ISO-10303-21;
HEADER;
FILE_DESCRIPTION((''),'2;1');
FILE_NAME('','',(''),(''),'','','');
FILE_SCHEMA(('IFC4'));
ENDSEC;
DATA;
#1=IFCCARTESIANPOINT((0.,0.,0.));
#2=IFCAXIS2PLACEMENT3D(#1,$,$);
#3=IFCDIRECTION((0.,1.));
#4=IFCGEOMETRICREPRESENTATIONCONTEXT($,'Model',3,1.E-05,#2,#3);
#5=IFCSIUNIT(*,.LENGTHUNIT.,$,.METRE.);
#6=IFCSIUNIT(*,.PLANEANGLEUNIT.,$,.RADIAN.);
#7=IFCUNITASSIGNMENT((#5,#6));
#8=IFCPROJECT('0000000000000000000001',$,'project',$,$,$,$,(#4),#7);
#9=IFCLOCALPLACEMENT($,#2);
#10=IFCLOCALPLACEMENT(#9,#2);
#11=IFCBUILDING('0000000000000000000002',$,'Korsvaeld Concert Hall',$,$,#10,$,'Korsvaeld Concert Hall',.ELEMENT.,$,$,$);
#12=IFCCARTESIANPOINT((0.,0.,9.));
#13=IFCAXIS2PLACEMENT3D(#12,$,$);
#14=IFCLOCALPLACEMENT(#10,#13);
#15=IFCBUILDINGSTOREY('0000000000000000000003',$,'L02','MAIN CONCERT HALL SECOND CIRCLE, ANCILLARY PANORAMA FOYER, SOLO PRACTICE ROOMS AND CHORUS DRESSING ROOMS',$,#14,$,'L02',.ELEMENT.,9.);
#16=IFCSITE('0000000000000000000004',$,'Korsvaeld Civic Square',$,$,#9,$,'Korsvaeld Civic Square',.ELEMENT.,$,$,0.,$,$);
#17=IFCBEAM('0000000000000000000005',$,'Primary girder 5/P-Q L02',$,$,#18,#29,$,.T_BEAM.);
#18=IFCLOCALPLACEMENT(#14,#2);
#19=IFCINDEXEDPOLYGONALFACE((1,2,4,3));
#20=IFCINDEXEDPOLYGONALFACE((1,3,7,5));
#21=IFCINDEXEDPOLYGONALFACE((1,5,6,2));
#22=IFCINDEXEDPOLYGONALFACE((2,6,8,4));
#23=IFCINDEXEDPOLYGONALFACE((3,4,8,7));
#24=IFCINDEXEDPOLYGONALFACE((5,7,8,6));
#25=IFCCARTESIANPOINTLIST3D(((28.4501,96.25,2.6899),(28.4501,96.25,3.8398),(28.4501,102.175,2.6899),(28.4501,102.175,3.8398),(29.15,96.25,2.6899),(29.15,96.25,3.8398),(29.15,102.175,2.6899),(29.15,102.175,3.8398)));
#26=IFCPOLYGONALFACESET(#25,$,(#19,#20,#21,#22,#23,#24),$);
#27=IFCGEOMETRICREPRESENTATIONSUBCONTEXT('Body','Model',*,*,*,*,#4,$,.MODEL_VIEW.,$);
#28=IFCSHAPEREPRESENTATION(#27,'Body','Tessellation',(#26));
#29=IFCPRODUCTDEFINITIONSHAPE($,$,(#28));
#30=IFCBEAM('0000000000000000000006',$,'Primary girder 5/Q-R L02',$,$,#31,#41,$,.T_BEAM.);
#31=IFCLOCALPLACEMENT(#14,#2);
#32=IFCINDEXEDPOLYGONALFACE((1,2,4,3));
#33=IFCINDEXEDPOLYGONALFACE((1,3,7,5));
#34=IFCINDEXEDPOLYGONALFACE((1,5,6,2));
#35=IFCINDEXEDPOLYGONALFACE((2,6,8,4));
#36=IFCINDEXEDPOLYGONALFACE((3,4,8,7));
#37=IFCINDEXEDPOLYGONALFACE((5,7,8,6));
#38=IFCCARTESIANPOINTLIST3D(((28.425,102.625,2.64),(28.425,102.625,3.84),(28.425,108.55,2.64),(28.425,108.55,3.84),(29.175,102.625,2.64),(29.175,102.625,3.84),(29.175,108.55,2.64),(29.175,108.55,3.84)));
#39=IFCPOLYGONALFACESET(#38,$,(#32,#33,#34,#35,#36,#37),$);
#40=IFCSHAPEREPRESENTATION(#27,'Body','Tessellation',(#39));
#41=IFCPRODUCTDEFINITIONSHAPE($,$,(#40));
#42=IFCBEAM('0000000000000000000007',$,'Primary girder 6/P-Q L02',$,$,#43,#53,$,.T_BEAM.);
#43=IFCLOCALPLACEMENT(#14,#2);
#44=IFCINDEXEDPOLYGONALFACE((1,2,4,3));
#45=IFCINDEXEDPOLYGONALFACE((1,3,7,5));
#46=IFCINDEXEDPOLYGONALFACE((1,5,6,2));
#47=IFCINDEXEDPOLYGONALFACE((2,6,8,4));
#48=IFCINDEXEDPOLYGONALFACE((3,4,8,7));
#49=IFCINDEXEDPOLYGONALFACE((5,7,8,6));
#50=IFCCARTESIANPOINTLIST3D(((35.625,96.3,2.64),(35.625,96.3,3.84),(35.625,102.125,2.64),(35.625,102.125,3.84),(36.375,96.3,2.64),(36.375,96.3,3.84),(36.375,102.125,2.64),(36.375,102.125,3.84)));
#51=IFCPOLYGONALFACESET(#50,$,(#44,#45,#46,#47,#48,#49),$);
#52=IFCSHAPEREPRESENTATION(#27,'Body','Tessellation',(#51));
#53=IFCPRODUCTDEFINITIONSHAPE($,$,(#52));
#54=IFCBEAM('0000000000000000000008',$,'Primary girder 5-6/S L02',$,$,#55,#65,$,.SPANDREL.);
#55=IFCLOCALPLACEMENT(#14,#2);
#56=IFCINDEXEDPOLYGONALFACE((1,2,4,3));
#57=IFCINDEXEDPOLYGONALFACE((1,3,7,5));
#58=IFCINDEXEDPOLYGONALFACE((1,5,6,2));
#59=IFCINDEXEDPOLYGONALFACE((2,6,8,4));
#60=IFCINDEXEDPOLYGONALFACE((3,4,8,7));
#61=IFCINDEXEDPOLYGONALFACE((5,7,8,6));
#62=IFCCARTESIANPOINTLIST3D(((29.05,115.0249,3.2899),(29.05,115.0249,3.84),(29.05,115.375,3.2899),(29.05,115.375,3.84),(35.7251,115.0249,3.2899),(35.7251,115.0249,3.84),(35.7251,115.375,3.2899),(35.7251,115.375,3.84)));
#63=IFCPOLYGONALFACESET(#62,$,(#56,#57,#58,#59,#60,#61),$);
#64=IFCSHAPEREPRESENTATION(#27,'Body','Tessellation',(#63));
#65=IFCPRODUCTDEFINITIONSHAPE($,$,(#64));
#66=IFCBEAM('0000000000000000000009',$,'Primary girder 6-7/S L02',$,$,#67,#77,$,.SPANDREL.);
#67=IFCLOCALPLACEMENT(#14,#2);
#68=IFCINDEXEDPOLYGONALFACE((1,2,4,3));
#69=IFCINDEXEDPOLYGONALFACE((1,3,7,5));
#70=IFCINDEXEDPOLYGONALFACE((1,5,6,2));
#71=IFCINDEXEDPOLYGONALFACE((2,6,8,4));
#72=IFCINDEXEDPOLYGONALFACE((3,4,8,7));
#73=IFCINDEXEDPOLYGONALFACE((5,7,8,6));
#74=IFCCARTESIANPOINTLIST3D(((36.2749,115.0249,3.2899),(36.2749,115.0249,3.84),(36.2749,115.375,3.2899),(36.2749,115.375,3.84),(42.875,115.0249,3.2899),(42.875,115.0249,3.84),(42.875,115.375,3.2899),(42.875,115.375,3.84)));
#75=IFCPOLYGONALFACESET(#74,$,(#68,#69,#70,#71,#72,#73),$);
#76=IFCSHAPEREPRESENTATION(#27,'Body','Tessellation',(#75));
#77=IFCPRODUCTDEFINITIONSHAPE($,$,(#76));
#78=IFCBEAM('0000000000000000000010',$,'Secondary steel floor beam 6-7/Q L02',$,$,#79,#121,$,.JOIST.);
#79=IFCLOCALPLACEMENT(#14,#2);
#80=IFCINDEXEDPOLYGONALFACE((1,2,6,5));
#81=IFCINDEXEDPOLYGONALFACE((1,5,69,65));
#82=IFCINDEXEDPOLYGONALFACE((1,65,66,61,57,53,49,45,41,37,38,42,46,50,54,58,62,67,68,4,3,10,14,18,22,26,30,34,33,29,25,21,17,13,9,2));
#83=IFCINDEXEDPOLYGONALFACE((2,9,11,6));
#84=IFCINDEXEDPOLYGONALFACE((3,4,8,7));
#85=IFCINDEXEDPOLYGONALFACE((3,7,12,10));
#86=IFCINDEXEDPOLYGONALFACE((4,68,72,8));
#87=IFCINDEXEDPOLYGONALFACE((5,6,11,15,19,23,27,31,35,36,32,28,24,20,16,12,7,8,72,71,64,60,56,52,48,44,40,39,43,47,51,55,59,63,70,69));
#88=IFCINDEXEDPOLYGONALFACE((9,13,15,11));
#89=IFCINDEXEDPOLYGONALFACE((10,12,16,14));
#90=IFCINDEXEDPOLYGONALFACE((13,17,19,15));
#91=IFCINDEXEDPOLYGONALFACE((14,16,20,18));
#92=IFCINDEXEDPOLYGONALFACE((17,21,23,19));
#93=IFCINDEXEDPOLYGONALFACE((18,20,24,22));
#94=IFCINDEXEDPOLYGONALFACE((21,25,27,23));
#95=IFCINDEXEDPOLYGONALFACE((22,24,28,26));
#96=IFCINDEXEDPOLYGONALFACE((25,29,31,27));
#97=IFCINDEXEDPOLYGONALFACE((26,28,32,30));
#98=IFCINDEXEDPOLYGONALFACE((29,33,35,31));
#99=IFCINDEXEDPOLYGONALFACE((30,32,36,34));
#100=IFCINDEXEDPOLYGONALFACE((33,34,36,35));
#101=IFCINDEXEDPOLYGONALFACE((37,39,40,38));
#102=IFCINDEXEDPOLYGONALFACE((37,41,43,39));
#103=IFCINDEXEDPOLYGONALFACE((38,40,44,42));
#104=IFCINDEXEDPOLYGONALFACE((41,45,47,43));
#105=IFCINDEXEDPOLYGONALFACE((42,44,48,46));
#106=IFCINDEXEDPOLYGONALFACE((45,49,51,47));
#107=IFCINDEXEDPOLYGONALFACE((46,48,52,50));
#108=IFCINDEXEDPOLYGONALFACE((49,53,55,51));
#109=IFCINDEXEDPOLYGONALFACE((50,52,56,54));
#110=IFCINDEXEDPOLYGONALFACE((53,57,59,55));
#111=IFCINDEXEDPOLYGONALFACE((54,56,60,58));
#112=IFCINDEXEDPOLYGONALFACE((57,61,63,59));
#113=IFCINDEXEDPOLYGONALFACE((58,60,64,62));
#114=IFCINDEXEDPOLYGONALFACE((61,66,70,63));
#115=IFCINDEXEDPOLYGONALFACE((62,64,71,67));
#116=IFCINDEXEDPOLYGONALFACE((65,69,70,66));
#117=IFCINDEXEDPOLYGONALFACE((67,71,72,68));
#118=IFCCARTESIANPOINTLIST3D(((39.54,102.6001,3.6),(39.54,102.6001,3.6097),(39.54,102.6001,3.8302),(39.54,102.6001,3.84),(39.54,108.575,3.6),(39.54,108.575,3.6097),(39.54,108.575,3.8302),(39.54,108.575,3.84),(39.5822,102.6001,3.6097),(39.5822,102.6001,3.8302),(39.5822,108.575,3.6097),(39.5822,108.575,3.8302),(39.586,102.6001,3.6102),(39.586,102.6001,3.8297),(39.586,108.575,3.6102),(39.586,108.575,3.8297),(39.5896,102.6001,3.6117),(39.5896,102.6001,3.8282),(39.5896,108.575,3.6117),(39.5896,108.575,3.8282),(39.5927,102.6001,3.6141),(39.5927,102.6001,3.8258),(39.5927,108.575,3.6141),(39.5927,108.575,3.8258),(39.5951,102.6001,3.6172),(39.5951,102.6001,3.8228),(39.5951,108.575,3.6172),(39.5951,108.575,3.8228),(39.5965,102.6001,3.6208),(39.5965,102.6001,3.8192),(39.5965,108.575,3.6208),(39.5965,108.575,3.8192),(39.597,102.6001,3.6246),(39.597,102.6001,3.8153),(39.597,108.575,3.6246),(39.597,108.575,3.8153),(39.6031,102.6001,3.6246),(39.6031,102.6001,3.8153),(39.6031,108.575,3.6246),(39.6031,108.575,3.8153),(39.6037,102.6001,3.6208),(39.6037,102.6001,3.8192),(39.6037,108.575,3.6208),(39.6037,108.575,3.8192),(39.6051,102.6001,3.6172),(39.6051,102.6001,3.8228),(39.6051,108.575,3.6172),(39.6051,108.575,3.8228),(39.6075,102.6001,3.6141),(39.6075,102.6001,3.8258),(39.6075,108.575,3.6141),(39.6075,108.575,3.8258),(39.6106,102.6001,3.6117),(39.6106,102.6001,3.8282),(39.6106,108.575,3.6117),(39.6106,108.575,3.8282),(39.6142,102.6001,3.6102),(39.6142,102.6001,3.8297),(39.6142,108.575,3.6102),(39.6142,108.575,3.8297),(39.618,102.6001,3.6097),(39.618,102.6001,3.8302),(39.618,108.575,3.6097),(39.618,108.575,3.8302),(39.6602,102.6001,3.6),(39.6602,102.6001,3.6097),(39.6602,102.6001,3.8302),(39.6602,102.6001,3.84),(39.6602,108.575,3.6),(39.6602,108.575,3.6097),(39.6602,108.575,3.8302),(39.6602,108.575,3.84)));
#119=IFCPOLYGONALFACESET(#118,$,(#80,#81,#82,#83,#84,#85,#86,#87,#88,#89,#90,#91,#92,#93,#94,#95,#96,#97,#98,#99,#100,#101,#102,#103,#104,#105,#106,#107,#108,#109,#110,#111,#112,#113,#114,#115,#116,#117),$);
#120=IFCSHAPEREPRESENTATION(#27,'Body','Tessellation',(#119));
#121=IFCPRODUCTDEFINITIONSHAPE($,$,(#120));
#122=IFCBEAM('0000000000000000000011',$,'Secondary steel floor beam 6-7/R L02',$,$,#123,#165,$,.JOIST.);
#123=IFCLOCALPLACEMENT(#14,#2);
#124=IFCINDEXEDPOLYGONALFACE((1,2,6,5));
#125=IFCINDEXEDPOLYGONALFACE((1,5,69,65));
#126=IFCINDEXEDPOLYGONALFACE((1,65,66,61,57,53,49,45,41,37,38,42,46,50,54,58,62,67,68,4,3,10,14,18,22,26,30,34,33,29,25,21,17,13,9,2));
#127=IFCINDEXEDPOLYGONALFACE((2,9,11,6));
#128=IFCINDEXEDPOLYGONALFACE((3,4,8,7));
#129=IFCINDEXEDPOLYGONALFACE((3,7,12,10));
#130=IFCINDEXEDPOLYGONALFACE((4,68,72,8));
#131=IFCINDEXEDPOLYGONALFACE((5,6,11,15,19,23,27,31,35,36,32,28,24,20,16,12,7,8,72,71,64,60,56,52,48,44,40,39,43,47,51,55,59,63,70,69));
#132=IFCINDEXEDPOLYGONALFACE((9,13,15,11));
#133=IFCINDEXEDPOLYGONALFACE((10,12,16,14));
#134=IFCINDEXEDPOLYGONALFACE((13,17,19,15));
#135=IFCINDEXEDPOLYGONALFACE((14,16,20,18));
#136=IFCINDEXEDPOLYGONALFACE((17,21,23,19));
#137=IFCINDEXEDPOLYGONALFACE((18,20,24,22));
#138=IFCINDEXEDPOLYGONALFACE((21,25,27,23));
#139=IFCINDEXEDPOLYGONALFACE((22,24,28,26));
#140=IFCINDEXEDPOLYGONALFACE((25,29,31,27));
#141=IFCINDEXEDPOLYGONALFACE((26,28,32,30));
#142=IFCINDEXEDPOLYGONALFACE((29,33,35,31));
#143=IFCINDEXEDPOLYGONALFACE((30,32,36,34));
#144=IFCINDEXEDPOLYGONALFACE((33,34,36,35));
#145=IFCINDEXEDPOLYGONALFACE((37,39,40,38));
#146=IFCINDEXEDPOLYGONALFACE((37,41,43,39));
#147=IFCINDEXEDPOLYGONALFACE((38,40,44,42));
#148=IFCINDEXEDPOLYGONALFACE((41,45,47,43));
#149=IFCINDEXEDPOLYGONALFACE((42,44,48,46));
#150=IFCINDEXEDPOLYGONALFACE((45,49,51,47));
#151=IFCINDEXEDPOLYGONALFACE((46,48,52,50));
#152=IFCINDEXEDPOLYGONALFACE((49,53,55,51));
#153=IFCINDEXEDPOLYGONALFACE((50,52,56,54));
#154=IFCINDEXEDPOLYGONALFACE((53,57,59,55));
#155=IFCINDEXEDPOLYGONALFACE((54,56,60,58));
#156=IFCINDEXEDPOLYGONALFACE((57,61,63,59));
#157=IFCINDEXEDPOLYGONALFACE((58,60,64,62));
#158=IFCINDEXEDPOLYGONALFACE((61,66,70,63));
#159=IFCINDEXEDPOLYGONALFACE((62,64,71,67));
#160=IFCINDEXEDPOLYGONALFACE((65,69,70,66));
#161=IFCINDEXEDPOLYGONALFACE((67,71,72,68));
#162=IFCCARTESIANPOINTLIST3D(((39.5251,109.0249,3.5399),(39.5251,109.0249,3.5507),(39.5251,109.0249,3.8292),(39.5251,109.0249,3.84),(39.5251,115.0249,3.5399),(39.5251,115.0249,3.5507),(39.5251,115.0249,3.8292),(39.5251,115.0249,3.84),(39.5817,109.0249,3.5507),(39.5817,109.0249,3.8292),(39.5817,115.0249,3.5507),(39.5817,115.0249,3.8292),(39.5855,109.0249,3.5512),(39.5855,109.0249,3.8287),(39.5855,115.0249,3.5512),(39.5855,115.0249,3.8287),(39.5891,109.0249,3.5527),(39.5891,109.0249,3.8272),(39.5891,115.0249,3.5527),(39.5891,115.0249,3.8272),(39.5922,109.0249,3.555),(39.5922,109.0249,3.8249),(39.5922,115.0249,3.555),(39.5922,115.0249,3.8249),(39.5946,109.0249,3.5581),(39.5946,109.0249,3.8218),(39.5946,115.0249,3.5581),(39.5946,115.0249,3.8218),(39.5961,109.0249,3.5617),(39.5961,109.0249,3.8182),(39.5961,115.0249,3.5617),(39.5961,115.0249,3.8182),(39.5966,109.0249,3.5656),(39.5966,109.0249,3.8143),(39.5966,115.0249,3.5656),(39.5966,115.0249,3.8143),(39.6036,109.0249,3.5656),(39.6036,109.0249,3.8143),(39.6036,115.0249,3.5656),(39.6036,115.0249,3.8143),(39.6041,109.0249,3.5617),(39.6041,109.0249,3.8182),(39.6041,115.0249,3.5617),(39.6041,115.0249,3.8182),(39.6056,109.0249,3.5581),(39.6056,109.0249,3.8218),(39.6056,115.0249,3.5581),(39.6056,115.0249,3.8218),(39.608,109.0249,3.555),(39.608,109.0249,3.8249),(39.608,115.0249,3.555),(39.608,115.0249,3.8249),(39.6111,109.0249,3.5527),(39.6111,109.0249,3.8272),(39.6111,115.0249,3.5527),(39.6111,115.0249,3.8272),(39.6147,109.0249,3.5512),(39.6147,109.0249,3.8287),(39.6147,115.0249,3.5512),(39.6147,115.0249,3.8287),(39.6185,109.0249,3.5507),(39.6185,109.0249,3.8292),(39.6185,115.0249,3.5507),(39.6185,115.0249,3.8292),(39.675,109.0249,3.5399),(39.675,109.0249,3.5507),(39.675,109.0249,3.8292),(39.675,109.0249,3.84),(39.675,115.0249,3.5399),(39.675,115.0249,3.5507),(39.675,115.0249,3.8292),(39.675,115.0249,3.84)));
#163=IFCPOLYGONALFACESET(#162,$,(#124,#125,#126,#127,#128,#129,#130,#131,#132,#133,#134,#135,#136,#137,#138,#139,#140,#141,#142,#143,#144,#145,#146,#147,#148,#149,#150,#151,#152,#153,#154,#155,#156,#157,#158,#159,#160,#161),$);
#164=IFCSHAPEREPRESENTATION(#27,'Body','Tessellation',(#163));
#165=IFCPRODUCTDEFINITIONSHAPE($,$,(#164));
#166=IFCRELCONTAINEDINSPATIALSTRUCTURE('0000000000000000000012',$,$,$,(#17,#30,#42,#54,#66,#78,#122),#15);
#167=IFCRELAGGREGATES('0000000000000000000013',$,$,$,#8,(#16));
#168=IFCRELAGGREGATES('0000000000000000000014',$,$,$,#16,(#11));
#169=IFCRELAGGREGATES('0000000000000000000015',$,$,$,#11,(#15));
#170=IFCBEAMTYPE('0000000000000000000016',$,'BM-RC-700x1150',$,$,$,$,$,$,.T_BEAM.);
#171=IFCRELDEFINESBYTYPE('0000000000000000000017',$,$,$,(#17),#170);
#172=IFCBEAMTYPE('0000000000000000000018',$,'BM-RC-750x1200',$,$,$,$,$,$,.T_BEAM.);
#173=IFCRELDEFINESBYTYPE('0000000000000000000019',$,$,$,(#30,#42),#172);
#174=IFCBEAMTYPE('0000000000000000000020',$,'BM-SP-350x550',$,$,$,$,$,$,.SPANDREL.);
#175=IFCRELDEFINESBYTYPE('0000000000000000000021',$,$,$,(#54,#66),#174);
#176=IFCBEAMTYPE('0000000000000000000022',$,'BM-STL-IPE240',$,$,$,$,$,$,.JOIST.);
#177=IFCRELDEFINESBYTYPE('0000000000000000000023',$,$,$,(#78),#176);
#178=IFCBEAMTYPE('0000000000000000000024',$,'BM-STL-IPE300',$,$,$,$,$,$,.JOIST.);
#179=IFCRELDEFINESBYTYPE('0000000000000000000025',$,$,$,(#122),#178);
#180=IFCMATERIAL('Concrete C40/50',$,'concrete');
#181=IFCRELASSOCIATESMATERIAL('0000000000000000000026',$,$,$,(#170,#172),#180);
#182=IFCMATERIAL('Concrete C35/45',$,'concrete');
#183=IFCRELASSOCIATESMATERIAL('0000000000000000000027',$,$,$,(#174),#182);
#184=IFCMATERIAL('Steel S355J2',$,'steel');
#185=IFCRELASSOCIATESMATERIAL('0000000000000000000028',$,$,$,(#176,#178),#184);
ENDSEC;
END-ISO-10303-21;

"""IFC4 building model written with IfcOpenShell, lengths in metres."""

from ifc_helpers import new_model, si_unit, direction, frame, origin, origin_2d, place, context, subcontext, project, spatial, rectangle, i_section, extrude, material, material_profile, profile_set, type_object, element, save


model = new_model("IFC4")

# Units and contexts
model_context = context("Model", 3, precision=1e-05, world=origin(), true_north=direction((0.0, 1.0)))
body_context = subcontext(model_context, "Body", "Model", "MODEL_VIEW")
ifc_project = project(units=[si_unit("LENGTHUNIT", "METRE"), si_unit("PLANEANGLEUNIT", "RADIAN")], contexts=[model_context])

# Site, building, storey
site_placement = place(None, origin())
site = spatial("IfcSite", under=ifc_project, at=site_placement, Name="Korsvaeld Civic Square", LongName="Korsvaeld Civic Square", CompositionType="ELEMENT", RefElevation=0.0)
building_placement = place(site_placement, origin())
building = spatial("IfcBuilding", under=site, at=building_placement, Name="Korsvaeld Concert Hall", LongName="Korsvaeld Concert Hall", CompositionType="ELEMENT")
storey_placement = place(building_placement, frame((0.0, 0.0, 9.0)))
storey = spatial("IfcBuildingStorey", under=building, at=storey_placement, Name="L02", Description="MAIN CONCERT HALL SECOND CIRCLE, ANCILLARY PANORAMA FOYER, SOLO PRACTICE ROOMS AND CHORUS DRESSING ROOMS", LongName="L02", CompositionType="ELEMENT", Elevation=9.0)

# Shared definitions
ifc_material_1 = material(Name="Concrete C40/50", Category="concrete")

# Beams
ifc_material_2 = material(Name="Concrete C35/45", Category="concrete")
ifc_material_profile_1 = material_profile(ifc_material_1, rectangle(XDim=0.7, YDim=1.1499, at=origin_2d()), Name="RC 700x1150")
ifc_profile_set_1 = profile_set([ifc_material_profile_1], Name="Concrete C40/50")
beam_type_1 = type_object("IfcBeamType", Name="BM-RC-700x1150", PredefinedType="T_BEAM", material=ifc_profile_set_1)
beam_1_placement = place(storey_placement, frame((28.8, 96.25, 3.2649), z_axis=(0.0, 1.0, 0.0), x_axis=(-1.0, 0.0, 0.0)))
element("IfcBeam", 1, at=beam_1_placement, inside=storey, type_object=beam_type_1, Name="Primary girder 5/P-Q L02", PredefinedType="T_BEAM", context=body_context, shape_type="SweptSolid", body=[
    extrude(rectangle(XDim=0.7, YDim=1.1499, at=origin_2d()), origin(), (0.0, 0.0, 1.0), 5.925),
])
ifc_material_profile_2 = material_profile(ifc_material_1, rectangle(XDim=0.75, YDim=1.2, at=origin_2d()), Name="RC 750x1200")
ifc_profile_set_2 = profile_set([ifc_material_profile_2], Name="Concrete C40/50")
beam_type_2 = type_object("IfcBeamType", Name="BM-RC-750x1200", PredefinedType="T_BEAM", material=ifc_profile_set_2)
beam_2_placement = place(storey_placement, frame((28.8, 102.625, 3.24), z_axis=(0.0, 1.0, 0.0), x_axis=(-1.0, 0.0, 0.0)))
element("IfcBeam", 2, at=beam_2_placement, inside=storey, type_object=beam_type_2, Name="Primary girder 5/Q-R L02", PredefinedType="T_BEAM", context=body_context, shape_type="SweptSolid", body=[
    extrude(rectangle(XDim=0.75, YDim=1.2, at=origin_2d()), origin(), (0.0, 0.0, 1.0), 5.925),
])
beam_3_placement = place(storey_placement, frame((36.0, 96.3, 3.24), z_axis=(0.0, 1.0, 0.0), x_axis=(-1.0, 0.0, 0.0)))
element("IfcBeam", 3, at=beam_3_placement, inside=storey, type_object=beam_type_2, Name="Primary girder 6/P-Q L02", PredefinedType="T_BEAM", context=body_context, shape_type="SweptSolid", body=[
    extrude(rectangle(XDim=0.75, YDim=1.2, at=origin_2d()), origin(), (0.0, 0.0, 1.0), 5.825),
])
ifc_material_profile_3 = material_profile(ifc_material_2, rectangle(XDim=0.3501, YDim=0.55, at=origin_2d()), Name="RC 350x550")
ifc_profile_set_3 = profile_set([ifc_material_profile_3], Name="Concrete C35/45")
beam_type_3 = type_object("IfcBeamType", Name="BM-SP-350x550", PredefinedType="SPANDREL", material=ifc_profile_set_3)
beam_4_placement = place(storey_placement, frame((29.05, 115.2, 3.5649), z_axis=(1.0, 0.0, 0.0), x_axis=(0.0, 1.0, 0.0)))
element("IfcBeam", 4, at=beam_4_placement, inside=storey, type_object=beam_type_3, Name="Primary girder 5-6/S L02", PredefinedType="SPANDREL", context=body_context, shape_type="SweptSolid", body=[
    extrude(rectangle(XDim=0.3501, YDim=0.55, at=origin_2d()), origin(), (0.0, 0.0, 1.0), 6.675),
])
beam_5_placement = place(storey_placement, frame((36.2749, 115.2, 3.5649), z_axis=(1.0, 0.0, 0.0), x_axis=(0.0, 1.0, 0.0)))
element("IfcBeam", 5, at=beam_5_placement, inside=storey, type_object=beam_type_3, Name="Primary girder 6-7/S L02", PredefinedType="SPANDREL", context=body_context, shape_type="SweptSolid", body=[
    extrude(rectangle(XDim=0.3501, YDim=0.55, at=origin_2d()), origin(), (0.0, 0.0, 1.0), 6.6001),
])
ifc_material_3 = material(Name="Steel S355J2", Category="steel")
ifc_material_profile_4 = material_profile(ifc_material_3, i_section(OverallWidth=0.1201, OverallDepth=0.24, WebThickness=0.0061, FlangeThickness=0.0098, FilletRadius=0.0149, at=origin_2d()), Name="IPE 240")
ifc_profile_set_4 = profile_set([ifc_material_profile_4], Name="Steel S355J2")
beam_type_4 = type_object("IfcBeamType", Name="BM-STL-IPE240", PredefinedType="JOIST", material=ifc_profile_set_4)
beam_6_placement = place(storey_placement, frame((39.6001, 102.6001, 3.72), z_axis=(0.0, 1.0, 0.0), x_axis=(-1.0, 0.0, 0.0)))
element("IfcBeam", 6, at=beam_6_placement, inside=storey, type_object=beam_type_4, Name="Secondary steel floor beam 6-7/Q L02", PredefinedType="JOIST", context=body_context, shape_type="SweptSolid", body=[
    extrude(i_section(OverallWidth=0.1201, OverallDepth=0.24, WebThickness=0.0061, FlangeThickness=0.0098, FilletRadius=0.0149, at=origin_2d()), origin(), (0.0, 0.0, 1.0), 5.9749),
])
ifc_material_profile_5 = material_profile(ifc_material_3, i_section(OverallWidth=0.1499, OverallDepth=0.3, WebThickness=0.0071, FlangeThickness=0.0107, FilletRadius=0.0149, at=origin_2d()), Name="IPE 300")
ifc_profile_set_5 = profile_set([ifc_material_profile_5], Name="Steel S355J2")
beam_type_5 = type_object("IfcBeamType", Name="BM-STL-IPE300", PredefinedType="JOIST", material=ifc_profile_set_5)
beam_7_placement = place(storey_placement, frame((39.6001, 109.0249, 3.6899), z_axis=(0.0, 1.0, 0.0), x_axis=(-1.0, 0.0, 0.0)))
element("IfcBeam", 7, at=beam_7_placement, inside=storey, type_object=beam_type_5, Name="Secondary steel floor beam 6-7/R L02", PredefinedType="JOIST", context=body_context, shape_type="SweptSolid", body=[
    extrude(i_section(OverallWidth=0.1499, OverallDepth=0.3, WebThickness=0.0071, FlangeThickness=0.0107, FilletRadius=0.0149, at=origin_2d()), origin(), (0.0, 0.0, 1.0), 6.0),
])

save(model, "model.ifc")
